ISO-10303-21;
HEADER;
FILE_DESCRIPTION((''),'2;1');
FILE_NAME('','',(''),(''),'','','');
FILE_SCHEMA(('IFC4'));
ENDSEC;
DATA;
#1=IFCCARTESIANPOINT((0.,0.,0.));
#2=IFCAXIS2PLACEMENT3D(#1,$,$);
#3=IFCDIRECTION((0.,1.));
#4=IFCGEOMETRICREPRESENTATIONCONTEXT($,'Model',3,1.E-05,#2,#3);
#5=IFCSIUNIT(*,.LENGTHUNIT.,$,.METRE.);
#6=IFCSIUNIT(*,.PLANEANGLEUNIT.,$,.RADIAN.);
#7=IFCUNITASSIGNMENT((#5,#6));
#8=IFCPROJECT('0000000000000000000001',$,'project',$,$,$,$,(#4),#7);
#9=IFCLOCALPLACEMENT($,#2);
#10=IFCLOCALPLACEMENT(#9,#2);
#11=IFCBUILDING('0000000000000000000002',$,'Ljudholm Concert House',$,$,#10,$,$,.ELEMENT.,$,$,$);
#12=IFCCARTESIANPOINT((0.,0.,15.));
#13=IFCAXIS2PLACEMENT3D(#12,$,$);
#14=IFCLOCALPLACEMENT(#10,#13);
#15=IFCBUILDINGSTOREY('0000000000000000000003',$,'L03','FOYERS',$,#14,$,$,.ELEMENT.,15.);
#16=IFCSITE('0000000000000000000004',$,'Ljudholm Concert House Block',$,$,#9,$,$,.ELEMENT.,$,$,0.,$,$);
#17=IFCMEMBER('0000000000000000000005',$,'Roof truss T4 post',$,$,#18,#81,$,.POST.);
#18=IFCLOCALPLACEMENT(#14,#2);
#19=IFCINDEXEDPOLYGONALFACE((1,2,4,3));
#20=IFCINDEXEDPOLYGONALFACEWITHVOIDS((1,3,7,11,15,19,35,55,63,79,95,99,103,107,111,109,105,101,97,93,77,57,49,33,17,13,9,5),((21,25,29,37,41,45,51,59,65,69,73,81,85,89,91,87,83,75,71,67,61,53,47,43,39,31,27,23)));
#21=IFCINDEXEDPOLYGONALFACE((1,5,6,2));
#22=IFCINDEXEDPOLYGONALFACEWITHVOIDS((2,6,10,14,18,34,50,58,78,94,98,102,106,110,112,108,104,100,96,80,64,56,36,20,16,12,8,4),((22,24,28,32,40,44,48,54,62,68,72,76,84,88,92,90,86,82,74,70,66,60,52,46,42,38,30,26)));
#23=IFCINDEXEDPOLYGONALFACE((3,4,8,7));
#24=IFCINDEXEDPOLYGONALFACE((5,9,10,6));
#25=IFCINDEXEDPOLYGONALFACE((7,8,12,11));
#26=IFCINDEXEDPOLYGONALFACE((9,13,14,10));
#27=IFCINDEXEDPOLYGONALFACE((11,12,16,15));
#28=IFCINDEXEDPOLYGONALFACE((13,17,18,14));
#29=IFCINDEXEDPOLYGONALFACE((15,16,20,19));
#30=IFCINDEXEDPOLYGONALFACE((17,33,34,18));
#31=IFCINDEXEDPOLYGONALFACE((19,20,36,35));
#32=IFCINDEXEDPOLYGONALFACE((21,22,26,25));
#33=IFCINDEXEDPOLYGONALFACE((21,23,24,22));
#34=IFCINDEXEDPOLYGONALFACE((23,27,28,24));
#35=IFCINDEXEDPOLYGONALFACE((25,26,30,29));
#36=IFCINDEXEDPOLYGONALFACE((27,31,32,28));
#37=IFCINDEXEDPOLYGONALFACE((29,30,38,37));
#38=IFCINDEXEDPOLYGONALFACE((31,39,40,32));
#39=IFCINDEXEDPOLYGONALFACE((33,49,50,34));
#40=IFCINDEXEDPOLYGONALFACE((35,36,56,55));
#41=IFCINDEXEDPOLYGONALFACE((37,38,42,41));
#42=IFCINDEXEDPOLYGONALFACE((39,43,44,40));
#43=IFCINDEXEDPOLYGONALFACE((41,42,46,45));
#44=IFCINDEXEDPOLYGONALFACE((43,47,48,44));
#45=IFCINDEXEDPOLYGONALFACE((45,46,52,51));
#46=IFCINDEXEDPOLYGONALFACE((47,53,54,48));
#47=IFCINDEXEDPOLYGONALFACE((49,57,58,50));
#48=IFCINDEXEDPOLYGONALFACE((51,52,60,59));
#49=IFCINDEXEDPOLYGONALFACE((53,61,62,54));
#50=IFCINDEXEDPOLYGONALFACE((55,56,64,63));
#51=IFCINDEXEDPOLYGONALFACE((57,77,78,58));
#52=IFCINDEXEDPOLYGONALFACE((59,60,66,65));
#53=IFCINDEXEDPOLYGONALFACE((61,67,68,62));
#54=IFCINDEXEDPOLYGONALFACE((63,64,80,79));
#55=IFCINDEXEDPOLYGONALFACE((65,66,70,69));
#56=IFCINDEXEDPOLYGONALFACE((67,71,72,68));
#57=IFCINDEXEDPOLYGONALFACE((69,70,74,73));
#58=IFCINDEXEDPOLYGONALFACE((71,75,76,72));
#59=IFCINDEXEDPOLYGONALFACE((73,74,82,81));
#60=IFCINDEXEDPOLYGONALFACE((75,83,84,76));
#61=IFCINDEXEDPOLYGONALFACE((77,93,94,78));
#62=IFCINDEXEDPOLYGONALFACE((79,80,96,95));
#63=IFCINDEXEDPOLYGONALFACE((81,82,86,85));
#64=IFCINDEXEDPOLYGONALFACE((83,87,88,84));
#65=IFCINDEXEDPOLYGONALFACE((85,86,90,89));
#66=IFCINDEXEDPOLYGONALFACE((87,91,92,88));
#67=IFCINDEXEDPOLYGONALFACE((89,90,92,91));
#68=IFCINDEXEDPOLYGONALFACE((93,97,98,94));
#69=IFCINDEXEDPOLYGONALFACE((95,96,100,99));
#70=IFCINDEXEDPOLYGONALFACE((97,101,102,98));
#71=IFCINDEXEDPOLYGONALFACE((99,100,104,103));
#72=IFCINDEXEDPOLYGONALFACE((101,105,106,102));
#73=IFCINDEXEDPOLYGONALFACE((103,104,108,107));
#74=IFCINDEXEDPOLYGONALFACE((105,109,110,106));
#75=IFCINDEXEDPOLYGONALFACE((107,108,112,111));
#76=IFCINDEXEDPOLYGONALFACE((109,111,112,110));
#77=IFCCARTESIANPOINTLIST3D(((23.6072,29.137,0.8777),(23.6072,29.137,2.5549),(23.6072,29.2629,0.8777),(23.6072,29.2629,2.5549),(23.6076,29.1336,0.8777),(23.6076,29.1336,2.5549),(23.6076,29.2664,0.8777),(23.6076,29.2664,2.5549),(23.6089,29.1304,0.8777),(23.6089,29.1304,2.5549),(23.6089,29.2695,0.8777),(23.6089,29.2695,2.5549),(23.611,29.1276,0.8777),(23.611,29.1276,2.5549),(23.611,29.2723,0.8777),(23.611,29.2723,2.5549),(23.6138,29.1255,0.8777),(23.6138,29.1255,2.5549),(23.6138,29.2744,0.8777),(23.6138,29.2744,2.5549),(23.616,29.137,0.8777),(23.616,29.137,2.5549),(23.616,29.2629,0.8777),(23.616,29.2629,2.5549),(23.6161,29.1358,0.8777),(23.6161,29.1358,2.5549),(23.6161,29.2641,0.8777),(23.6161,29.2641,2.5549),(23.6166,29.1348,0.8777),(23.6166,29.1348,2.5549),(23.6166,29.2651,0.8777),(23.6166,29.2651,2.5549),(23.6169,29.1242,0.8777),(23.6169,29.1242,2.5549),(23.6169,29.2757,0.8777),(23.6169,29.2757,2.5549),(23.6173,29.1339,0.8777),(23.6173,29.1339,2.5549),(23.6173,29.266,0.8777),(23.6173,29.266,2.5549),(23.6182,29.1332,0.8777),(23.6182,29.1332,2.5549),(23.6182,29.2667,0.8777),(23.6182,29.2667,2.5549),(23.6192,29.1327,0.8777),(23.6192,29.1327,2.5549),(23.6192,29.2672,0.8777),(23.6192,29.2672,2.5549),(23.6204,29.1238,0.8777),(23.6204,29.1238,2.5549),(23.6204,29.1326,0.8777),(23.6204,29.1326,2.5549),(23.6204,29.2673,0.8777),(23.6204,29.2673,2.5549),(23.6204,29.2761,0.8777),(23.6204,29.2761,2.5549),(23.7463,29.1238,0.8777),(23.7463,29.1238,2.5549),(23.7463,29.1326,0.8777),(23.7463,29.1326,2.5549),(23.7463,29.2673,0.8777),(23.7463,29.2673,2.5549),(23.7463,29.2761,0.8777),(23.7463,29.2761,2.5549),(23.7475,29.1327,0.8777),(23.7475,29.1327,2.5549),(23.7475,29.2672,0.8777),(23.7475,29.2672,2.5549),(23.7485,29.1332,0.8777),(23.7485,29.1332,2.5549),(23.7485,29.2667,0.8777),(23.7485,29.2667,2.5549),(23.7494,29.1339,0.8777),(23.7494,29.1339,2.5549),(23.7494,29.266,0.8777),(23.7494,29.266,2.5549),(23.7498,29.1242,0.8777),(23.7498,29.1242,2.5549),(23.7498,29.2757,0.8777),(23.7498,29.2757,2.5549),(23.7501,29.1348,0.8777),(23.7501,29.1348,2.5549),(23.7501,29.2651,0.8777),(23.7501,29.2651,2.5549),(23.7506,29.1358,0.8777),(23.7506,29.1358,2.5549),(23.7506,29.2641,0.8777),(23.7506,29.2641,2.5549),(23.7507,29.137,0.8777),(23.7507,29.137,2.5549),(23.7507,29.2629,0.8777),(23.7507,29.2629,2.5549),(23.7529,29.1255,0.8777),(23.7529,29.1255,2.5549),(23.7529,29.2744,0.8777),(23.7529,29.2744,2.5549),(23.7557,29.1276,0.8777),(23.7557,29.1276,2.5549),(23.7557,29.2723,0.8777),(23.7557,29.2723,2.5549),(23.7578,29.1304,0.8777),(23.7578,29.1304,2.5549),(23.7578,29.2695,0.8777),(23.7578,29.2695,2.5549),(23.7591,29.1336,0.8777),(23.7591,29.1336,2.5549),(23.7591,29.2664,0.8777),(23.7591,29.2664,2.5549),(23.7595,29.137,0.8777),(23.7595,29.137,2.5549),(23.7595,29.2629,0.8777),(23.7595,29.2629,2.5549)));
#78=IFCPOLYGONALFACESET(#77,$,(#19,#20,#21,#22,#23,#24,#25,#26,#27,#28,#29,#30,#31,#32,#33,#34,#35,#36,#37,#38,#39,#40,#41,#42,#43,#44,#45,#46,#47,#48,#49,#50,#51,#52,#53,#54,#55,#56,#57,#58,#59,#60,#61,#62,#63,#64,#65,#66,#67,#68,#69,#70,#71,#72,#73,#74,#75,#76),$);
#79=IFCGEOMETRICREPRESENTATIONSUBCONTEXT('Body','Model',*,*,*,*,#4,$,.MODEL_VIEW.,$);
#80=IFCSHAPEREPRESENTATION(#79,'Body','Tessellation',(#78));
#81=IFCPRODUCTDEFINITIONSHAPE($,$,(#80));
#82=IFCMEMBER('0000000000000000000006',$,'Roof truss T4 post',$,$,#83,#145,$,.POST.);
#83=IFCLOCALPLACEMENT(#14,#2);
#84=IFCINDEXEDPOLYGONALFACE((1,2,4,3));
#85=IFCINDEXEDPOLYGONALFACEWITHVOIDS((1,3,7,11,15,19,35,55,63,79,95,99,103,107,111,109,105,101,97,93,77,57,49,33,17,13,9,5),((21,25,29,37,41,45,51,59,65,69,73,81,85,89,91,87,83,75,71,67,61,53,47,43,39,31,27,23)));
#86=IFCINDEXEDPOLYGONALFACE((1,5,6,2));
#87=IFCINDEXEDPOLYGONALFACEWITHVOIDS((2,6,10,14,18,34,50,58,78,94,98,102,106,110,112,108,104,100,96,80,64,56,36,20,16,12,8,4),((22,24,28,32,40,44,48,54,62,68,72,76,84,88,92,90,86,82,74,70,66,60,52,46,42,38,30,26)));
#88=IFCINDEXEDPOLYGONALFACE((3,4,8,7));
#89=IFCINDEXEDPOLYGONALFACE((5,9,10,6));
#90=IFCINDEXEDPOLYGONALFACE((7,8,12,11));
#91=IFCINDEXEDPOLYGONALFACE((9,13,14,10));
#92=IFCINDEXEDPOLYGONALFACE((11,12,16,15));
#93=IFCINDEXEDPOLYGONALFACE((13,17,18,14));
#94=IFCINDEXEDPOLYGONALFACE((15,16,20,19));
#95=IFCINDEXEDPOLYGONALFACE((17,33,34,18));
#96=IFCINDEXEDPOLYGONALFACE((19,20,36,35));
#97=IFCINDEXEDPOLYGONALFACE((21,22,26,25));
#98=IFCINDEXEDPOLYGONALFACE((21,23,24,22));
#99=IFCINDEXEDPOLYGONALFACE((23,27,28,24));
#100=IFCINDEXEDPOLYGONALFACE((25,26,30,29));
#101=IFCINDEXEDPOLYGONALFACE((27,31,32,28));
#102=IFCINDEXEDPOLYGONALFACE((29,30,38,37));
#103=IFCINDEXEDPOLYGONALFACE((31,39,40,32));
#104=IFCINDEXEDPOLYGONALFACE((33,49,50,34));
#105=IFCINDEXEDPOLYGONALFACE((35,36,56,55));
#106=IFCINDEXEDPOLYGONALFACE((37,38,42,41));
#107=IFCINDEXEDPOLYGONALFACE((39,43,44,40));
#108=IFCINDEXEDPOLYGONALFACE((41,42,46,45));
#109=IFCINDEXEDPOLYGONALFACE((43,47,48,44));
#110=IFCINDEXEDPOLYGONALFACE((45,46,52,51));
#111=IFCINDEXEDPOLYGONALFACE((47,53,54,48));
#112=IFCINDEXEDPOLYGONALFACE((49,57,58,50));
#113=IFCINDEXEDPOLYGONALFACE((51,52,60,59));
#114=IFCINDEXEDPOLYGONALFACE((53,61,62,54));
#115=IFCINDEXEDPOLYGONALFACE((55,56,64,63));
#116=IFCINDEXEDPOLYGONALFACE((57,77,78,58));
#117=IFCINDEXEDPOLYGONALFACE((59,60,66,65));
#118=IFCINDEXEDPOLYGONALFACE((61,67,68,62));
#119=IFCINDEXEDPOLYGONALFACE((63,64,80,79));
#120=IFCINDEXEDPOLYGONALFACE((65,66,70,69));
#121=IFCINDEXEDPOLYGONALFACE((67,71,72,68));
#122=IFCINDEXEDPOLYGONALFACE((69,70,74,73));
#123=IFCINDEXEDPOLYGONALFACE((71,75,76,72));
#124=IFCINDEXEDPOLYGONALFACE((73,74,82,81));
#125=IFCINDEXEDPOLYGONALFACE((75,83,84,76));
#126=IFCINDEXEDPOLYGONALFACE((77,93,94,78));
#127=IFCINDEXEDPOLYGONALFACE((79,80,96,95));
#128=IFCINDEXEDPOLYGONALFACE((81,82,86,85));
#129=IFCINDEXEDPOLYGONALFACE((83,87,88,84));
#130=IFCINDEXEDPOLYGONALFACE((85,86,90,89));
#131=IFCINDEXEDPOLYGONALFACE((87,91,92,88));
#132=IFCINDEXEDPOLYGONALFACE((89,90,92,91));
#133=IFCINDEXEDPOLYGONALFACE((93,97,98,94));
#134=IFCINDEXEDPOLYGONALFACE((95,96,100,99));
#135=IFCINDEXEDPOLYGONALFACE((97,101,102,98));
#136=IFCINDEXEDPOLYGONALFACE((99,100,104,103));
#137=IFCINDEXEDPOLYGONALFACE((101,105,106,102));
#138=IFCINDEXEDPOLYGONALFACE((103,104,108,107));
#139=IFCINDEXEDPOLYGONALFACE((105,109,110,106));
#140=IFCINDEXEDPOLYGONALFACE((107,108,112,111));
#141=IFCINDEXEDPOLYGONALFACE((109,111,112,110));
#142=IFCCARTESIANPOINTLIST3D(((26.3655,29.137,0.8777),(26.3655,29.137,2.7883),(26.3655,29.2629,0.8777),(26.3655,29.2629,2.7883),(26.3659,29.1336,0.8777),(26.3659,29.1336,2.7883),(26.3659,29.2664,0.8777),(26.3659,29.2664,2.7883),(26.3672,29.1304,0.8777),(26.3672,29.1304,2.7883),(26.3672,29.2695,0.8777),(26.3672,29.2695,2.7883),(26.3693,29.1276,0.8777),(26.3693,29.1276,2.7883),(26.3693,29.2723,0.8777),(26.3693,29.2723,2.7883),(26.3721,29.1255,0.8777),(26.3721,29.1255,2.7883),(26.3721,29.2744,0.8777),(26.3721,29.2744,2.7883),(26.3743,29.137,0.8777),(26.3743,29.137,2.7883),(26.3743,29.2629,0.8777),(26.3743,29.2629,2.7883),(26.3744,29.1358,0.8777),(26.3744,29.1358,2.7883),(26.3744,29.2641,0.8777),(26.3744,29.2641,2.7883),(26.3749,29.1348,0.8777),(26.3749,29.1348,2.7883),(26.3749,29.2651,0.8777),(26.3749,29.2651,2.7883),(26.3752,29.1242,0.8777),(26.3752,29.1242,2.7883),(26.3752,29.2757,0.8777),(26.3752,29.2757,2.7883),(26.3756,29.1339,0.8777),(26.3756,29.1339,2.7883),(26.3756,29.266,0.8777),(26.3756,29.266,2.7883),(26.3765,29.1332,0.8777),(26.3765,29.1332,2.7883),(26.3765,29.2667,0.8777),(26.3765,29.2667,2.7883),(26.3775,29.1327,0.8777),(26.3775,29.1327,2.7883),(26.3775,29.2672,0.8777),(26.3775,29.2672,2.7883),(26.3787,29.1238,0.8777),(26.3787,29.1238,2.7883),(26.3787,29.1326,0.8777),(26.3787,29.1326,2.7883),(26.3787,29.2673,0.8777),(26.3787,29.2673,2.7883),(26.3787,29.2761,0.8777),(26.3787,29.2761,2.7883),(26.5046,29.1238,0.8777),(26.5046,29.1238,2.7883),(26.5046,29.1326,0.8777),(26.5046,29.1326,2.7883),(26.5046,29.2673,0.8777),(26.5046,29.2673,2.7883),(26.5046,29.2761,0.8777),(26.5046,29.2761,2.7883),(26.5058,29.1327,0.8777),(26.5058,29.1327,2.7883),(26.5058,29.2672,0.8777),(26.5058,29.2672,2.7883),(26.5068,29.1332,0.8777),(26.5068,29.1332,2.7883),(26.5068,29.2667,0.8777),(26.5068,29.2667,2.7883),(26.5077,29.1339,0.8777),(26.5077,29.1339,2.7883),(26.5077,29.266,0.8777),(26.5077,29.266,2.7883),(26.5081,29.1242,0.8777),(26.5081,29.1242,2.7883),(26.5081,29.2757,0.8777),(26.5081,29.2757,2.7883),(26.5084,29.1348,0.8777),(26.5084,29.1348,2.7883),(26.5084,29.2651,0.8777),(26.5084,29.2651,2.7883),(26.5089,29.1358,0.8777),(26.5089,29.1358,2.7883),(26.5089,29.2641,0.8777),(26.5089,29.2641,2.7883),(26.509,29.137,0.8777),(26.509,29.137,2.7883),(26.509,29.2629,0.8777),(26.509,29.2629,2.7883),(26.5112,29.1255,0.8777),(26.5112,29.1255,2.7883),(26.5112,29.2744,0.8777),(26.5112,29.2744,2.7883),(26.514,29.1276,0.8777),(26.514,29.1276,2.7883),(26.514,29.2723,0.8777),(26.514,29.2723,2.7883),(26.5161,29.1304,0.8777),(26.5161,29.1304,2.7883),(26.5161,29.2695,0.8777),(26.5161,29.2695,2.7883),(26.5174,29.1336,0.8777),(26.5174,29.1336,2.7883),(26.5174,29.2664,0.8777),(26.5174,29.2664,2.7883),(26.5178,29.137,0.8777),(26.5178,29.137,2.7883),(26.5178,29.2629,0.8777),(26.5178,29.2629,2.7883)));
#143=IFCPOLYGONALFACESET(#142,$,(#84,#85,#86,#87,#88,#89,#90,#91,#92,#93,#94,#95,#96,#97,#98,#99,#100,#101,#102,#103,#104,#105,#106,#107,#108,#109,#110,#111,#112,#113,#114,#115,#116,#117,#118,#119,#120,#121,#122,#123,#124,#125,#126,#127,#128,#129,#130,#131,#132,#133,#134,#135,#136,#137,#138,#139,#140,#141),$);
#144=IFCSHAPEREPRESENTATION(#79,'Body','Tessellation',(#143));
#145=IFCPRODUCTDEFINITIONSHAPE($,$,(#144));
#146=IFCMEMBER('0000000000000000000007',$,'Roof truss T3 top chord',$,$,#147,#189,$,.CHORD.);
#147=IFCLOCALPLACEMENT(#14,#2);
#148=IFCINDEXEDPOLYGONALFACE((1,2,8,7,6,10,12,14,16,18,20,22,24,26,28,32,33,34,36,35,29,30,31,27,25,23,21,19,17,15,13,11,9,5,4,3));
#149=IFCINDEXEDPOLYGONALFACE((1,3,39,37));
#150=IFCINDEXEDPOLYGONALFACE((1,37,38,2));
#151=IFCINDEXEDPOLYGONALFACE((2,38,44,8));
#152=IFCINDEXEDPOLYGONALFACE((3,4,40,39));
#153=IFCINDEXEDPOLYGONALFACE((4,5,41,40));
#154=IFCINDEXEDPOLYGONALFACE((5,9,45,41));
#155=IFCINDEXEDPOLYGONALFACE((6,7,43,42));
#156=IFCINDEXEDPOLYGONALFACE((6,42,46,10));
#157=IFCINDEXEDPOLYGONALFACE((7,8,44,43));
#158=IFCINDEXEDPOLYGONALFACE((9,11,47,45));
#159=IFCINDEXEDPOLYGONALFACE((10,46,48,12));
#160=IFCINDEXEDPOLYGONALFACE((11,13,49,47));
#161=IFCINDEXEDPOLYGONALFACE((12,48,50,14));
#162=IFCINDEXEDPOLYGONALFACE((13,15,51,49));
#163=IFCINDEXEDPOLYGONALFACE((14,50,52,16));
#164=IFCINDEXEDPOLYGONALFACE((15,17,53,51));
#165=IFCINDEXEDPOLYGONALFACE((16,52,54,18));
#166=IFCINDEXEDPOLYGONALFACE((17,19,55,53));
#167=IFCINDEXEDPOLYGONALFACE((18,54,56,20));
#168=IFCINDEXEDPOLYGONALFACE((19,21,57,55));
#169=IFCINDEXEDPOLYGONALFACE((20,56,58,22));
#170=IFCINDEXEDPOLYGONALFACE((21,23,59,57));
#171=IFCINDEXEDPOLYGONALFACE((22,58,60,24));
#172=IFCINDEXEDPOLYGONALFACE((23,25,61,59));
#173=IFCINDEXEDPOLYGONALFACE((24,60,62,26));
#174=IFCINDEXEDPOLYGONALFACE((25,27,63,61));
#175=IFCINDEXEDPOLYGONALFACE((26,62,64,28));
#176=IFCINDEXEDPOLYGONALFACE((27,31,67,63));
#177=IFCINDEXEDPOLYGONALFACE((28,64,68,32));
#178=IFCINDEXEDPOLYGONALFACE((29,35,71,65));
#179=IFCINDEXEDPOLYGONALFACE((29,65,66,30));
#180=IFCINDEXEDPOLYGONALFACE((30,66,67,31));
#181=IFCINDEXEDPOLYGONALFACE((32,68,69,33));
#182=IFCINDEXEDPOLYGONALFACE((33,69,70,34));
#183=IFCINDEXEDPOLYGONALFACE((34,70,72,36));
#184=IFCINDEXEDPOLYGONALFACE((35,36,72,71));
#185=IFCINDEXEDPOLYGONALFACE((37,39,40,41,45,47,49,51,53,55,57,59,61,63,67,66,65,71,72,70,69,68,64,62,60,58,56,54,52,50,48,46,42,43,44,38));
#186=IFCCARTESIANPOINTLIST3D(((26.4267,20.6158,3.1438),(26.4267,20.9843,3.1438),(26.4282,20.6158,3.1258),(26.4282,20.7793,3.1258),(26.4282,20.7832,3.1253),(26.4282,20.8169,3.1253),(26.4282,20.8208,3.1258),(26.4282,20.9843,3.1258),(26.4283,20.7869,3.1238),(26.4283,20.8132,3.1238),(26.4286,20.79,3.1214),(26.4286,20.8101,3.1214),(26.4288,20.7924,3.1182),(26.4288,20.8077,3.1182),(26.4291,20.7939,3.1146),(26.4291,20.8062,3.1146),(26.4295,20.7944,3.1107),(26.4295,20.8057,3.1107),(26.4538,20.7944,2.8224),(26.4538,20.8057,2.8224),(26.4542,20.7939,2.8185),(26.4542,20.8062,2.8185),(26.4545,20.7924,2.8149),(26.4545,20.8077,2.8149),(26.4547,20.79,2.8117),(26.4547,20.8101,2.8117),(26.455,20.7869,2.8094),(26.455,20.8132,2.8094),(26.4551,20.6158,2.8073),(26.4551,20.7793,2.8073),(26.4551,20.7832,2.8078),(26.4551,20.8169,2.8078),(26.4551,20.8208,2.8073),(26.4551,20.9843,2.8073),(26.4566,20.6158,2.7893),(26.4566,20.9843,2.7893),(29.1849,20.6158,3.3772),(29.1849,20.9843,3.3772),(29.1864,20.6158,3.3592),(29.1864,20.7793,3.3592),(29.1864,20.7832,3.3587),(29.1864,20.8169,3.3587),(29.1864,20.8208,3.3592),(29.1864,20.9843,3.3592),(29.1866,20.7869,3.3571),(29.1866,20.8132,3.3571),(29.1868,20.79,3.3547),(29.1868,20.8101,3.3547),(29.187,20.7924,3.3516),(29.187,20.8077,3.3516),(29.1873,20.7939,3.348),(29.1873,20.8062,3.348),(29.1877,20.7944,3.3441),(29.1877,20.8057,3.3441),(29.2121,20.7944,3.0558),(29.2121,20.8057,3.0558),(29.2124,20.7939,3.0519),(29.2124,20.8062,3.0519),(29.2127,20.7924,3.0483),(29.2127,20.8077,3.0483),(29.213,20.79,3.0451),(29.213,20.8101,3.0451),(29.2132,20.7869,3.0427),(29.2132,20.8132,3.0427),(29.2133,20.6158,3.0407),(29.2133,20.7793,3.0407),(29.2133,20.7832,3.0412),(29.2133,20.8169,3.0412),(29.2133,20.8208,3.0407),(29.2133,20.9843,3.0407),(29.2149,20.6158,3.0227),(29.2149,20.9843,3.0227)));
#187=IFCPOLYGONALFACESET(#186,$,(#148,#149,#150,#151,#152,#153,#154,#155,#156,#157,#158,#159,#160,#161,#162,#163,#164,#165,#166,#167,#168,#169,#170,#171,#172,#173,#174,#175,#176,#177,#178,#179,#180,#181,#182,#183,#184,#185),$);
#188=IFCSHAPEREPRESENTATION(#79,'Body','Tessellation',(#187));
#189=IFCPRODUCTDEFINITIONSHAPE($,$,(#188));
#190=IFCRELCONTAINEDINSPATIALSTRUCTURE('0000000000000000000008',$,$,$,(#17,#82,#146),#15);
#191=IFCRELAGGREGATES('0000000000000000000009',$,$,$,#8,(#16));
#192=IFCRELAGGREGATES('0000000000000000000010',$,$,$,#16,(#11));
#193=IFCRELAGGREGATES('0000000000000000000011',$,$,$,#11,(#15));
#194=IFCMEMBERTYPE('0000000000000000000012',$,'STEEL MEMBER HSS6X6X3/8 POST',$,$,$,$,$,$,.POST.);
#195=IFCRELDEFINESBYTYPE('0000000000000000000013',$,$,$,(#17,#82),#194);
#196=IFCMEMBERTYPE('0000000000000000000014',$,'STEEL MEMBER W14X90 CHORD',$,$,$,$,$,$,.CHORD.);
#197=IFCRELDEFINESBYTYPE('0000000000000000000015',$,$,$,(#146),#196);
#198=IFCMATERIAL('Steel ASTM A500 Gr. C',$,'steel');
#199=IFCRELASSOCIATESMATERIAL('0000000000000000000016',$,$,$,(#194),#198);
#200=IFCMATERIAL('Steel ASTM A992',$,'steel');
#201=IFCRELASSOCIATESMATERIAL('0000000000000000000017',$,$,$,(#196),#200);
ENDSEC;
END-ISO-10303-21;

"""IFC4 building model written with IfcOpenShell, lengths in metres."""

from ifc_helpers import new_model, si_unit, direction, frame, origin, origin_2d, place, context, subcontext, project, spatial, hollow_rectangle, i_section, extrude, material, material_profile, profile_set, type_object, element, save


model = new_model("IFC4")

# Units and contexts
model_context = context("Model", 3, precision=1e-05, world=origin(), true_north=direction((0.0, 1.0)))
body_context = subcontext(model_context, "Body", "Model", "MODEL_VIEW")
ifc_project = project(units=[si_unit("LENGTHUNIT", "METRE"), si_unit("PLANEANGLEUNIT", "RADIAN")], contexts=[model_context])

# Site, building, storey
site_placement = place(None, origin())
site = spatial("IfcSite", under=ifc_project, at=site_placement, Name="Ljudholm Concert House Block", CompositionType="ELEMENT", RefElevation=0.0)
building_placement = place(site_placement, origin())
building = spatial("IfcBuilding", under=site, at=building_placement, Name="Ljudholm Concert House", CompositionType="ELEMENT")
storey_placement = place(building_placement, frame((0.0, 0.0, 15.0)))
storey = spatial("IfcBuildingStorey", under=building, at=storey_placement, Name="L03", Description="FOYERS", CompositionType="ELEMENT", Elevation=15.0)

# Members
ifc_material_1 = material(Name="Steel ASTM A500 Gr. C", Category="steel")
ifc_material_profile_1 = material_profile(ifc_material_1, hollow_rectangle(XDim=0.1523, YDim=0.1523, WallThickness=0.0088, InnerFilletRadius=0.0044, OuterFilletRadius=0.0132, at=origin_2d()), Name="HSS6X6X3/8")
ifc_profile_set_1 = profile_set([ifc_material_profile_1], Name="Steel ASTM A500 Gr. C")
member_type_1 = type_object("IfcMemberType", Name="STEEL MEMBER HSS6X6X3/8 POST", PredefinedType="POST", material=ifc_profile_set_1)
member_1_placement = place(storey_placement, frame((23.6833, 29.2, 0.8777), z_axis=(0.0, 0.0, 1.0), x_axis=(1.0, 0.0, 0.0)))
element("IfcMember", 1, at=member_1_placement, inside=storey, type_object=member_type_1, Name="Roof truss T4 post", PredefinedType="POST", context=body_context, shape_type="SweptSolid", body=[
    extrude(hollow_rectangle(XDim=0.1523, YDim=0.1523, WallThickness=0.0088, InnerFilletRadius=0.0044, OuterFilletRadius=0.0132, at=origin_2d()), origin(), (0.0, 0.0, 1.0), 1.6772),
])
member_2_placement = place(storey_placement, frame((26.4417, 29.2, 0.8777), z_axis=(0.0, 0.0, 1.0), x_axis=(1.0, 0.0, 0.0)))
element("IfcMember", 2, at=member_2_placement, inside=storey, type_object=member_type_1, Name="Roof truss T4 post", PredefinedType="POST", context=body_context, shape_type="SweptSolid", body=[
    extrude(hollow_rectangle(XDim=0.1523, YDim=0.1523, WallThickness=0.0088, InnerFilletRadius=0.0044, OuterFilletRadius=0.0132, at=origin_2d()), origin(), (0.0, 0.0, 1.0), 1.9106),
])
ifc_material_2 = material(Name="Steel ASTM A992", Category="steel")
ifc_material_profile_2 = material_profile(ifc_material_2, i_section(OverallWidth=0.3684, OverallDepth=0.3557, WebThickness=0.0112, FlangeThickness=0.0181, FilletRadius=0.0151, at=origin_2d()), Name="W14X90")
ifc_profile_set_2 = profile_set([ifc_material_profile_2], Name="Steel ASTM A992")
member_type_2 = type_object("IfcMemberType", Name="STEEL MEMBER W14X90 CHORD", PredefinedType="CHORD", material=ifc_profile_set_2)
member_3_placement = place(storey_placement, frame((26.4417, 20.8, 2.9666), z_axis=(0.996439, 0.0, 0.084315), x_axis=(0.0, 1.0, 0.0)))
element("IfcMember", 3, at=member_3_placement, inside=storey, type_object=member_type_2, Name="Roof truss T3 top chord", PredefinedType="CHORD", context=body_context, shape_type="SweptSolid", body=[
    extrude(i_section(OverallWidth=0.3684, OverallDepth=0.3557, WebThickness=0.0112, FlangeThickness=0.0181, FilletRadius=0.0151, at=origin_2d()), origin(), (0.0, 0.0, 1.0), 2.7681),
])

save(model, "model.ifc")
